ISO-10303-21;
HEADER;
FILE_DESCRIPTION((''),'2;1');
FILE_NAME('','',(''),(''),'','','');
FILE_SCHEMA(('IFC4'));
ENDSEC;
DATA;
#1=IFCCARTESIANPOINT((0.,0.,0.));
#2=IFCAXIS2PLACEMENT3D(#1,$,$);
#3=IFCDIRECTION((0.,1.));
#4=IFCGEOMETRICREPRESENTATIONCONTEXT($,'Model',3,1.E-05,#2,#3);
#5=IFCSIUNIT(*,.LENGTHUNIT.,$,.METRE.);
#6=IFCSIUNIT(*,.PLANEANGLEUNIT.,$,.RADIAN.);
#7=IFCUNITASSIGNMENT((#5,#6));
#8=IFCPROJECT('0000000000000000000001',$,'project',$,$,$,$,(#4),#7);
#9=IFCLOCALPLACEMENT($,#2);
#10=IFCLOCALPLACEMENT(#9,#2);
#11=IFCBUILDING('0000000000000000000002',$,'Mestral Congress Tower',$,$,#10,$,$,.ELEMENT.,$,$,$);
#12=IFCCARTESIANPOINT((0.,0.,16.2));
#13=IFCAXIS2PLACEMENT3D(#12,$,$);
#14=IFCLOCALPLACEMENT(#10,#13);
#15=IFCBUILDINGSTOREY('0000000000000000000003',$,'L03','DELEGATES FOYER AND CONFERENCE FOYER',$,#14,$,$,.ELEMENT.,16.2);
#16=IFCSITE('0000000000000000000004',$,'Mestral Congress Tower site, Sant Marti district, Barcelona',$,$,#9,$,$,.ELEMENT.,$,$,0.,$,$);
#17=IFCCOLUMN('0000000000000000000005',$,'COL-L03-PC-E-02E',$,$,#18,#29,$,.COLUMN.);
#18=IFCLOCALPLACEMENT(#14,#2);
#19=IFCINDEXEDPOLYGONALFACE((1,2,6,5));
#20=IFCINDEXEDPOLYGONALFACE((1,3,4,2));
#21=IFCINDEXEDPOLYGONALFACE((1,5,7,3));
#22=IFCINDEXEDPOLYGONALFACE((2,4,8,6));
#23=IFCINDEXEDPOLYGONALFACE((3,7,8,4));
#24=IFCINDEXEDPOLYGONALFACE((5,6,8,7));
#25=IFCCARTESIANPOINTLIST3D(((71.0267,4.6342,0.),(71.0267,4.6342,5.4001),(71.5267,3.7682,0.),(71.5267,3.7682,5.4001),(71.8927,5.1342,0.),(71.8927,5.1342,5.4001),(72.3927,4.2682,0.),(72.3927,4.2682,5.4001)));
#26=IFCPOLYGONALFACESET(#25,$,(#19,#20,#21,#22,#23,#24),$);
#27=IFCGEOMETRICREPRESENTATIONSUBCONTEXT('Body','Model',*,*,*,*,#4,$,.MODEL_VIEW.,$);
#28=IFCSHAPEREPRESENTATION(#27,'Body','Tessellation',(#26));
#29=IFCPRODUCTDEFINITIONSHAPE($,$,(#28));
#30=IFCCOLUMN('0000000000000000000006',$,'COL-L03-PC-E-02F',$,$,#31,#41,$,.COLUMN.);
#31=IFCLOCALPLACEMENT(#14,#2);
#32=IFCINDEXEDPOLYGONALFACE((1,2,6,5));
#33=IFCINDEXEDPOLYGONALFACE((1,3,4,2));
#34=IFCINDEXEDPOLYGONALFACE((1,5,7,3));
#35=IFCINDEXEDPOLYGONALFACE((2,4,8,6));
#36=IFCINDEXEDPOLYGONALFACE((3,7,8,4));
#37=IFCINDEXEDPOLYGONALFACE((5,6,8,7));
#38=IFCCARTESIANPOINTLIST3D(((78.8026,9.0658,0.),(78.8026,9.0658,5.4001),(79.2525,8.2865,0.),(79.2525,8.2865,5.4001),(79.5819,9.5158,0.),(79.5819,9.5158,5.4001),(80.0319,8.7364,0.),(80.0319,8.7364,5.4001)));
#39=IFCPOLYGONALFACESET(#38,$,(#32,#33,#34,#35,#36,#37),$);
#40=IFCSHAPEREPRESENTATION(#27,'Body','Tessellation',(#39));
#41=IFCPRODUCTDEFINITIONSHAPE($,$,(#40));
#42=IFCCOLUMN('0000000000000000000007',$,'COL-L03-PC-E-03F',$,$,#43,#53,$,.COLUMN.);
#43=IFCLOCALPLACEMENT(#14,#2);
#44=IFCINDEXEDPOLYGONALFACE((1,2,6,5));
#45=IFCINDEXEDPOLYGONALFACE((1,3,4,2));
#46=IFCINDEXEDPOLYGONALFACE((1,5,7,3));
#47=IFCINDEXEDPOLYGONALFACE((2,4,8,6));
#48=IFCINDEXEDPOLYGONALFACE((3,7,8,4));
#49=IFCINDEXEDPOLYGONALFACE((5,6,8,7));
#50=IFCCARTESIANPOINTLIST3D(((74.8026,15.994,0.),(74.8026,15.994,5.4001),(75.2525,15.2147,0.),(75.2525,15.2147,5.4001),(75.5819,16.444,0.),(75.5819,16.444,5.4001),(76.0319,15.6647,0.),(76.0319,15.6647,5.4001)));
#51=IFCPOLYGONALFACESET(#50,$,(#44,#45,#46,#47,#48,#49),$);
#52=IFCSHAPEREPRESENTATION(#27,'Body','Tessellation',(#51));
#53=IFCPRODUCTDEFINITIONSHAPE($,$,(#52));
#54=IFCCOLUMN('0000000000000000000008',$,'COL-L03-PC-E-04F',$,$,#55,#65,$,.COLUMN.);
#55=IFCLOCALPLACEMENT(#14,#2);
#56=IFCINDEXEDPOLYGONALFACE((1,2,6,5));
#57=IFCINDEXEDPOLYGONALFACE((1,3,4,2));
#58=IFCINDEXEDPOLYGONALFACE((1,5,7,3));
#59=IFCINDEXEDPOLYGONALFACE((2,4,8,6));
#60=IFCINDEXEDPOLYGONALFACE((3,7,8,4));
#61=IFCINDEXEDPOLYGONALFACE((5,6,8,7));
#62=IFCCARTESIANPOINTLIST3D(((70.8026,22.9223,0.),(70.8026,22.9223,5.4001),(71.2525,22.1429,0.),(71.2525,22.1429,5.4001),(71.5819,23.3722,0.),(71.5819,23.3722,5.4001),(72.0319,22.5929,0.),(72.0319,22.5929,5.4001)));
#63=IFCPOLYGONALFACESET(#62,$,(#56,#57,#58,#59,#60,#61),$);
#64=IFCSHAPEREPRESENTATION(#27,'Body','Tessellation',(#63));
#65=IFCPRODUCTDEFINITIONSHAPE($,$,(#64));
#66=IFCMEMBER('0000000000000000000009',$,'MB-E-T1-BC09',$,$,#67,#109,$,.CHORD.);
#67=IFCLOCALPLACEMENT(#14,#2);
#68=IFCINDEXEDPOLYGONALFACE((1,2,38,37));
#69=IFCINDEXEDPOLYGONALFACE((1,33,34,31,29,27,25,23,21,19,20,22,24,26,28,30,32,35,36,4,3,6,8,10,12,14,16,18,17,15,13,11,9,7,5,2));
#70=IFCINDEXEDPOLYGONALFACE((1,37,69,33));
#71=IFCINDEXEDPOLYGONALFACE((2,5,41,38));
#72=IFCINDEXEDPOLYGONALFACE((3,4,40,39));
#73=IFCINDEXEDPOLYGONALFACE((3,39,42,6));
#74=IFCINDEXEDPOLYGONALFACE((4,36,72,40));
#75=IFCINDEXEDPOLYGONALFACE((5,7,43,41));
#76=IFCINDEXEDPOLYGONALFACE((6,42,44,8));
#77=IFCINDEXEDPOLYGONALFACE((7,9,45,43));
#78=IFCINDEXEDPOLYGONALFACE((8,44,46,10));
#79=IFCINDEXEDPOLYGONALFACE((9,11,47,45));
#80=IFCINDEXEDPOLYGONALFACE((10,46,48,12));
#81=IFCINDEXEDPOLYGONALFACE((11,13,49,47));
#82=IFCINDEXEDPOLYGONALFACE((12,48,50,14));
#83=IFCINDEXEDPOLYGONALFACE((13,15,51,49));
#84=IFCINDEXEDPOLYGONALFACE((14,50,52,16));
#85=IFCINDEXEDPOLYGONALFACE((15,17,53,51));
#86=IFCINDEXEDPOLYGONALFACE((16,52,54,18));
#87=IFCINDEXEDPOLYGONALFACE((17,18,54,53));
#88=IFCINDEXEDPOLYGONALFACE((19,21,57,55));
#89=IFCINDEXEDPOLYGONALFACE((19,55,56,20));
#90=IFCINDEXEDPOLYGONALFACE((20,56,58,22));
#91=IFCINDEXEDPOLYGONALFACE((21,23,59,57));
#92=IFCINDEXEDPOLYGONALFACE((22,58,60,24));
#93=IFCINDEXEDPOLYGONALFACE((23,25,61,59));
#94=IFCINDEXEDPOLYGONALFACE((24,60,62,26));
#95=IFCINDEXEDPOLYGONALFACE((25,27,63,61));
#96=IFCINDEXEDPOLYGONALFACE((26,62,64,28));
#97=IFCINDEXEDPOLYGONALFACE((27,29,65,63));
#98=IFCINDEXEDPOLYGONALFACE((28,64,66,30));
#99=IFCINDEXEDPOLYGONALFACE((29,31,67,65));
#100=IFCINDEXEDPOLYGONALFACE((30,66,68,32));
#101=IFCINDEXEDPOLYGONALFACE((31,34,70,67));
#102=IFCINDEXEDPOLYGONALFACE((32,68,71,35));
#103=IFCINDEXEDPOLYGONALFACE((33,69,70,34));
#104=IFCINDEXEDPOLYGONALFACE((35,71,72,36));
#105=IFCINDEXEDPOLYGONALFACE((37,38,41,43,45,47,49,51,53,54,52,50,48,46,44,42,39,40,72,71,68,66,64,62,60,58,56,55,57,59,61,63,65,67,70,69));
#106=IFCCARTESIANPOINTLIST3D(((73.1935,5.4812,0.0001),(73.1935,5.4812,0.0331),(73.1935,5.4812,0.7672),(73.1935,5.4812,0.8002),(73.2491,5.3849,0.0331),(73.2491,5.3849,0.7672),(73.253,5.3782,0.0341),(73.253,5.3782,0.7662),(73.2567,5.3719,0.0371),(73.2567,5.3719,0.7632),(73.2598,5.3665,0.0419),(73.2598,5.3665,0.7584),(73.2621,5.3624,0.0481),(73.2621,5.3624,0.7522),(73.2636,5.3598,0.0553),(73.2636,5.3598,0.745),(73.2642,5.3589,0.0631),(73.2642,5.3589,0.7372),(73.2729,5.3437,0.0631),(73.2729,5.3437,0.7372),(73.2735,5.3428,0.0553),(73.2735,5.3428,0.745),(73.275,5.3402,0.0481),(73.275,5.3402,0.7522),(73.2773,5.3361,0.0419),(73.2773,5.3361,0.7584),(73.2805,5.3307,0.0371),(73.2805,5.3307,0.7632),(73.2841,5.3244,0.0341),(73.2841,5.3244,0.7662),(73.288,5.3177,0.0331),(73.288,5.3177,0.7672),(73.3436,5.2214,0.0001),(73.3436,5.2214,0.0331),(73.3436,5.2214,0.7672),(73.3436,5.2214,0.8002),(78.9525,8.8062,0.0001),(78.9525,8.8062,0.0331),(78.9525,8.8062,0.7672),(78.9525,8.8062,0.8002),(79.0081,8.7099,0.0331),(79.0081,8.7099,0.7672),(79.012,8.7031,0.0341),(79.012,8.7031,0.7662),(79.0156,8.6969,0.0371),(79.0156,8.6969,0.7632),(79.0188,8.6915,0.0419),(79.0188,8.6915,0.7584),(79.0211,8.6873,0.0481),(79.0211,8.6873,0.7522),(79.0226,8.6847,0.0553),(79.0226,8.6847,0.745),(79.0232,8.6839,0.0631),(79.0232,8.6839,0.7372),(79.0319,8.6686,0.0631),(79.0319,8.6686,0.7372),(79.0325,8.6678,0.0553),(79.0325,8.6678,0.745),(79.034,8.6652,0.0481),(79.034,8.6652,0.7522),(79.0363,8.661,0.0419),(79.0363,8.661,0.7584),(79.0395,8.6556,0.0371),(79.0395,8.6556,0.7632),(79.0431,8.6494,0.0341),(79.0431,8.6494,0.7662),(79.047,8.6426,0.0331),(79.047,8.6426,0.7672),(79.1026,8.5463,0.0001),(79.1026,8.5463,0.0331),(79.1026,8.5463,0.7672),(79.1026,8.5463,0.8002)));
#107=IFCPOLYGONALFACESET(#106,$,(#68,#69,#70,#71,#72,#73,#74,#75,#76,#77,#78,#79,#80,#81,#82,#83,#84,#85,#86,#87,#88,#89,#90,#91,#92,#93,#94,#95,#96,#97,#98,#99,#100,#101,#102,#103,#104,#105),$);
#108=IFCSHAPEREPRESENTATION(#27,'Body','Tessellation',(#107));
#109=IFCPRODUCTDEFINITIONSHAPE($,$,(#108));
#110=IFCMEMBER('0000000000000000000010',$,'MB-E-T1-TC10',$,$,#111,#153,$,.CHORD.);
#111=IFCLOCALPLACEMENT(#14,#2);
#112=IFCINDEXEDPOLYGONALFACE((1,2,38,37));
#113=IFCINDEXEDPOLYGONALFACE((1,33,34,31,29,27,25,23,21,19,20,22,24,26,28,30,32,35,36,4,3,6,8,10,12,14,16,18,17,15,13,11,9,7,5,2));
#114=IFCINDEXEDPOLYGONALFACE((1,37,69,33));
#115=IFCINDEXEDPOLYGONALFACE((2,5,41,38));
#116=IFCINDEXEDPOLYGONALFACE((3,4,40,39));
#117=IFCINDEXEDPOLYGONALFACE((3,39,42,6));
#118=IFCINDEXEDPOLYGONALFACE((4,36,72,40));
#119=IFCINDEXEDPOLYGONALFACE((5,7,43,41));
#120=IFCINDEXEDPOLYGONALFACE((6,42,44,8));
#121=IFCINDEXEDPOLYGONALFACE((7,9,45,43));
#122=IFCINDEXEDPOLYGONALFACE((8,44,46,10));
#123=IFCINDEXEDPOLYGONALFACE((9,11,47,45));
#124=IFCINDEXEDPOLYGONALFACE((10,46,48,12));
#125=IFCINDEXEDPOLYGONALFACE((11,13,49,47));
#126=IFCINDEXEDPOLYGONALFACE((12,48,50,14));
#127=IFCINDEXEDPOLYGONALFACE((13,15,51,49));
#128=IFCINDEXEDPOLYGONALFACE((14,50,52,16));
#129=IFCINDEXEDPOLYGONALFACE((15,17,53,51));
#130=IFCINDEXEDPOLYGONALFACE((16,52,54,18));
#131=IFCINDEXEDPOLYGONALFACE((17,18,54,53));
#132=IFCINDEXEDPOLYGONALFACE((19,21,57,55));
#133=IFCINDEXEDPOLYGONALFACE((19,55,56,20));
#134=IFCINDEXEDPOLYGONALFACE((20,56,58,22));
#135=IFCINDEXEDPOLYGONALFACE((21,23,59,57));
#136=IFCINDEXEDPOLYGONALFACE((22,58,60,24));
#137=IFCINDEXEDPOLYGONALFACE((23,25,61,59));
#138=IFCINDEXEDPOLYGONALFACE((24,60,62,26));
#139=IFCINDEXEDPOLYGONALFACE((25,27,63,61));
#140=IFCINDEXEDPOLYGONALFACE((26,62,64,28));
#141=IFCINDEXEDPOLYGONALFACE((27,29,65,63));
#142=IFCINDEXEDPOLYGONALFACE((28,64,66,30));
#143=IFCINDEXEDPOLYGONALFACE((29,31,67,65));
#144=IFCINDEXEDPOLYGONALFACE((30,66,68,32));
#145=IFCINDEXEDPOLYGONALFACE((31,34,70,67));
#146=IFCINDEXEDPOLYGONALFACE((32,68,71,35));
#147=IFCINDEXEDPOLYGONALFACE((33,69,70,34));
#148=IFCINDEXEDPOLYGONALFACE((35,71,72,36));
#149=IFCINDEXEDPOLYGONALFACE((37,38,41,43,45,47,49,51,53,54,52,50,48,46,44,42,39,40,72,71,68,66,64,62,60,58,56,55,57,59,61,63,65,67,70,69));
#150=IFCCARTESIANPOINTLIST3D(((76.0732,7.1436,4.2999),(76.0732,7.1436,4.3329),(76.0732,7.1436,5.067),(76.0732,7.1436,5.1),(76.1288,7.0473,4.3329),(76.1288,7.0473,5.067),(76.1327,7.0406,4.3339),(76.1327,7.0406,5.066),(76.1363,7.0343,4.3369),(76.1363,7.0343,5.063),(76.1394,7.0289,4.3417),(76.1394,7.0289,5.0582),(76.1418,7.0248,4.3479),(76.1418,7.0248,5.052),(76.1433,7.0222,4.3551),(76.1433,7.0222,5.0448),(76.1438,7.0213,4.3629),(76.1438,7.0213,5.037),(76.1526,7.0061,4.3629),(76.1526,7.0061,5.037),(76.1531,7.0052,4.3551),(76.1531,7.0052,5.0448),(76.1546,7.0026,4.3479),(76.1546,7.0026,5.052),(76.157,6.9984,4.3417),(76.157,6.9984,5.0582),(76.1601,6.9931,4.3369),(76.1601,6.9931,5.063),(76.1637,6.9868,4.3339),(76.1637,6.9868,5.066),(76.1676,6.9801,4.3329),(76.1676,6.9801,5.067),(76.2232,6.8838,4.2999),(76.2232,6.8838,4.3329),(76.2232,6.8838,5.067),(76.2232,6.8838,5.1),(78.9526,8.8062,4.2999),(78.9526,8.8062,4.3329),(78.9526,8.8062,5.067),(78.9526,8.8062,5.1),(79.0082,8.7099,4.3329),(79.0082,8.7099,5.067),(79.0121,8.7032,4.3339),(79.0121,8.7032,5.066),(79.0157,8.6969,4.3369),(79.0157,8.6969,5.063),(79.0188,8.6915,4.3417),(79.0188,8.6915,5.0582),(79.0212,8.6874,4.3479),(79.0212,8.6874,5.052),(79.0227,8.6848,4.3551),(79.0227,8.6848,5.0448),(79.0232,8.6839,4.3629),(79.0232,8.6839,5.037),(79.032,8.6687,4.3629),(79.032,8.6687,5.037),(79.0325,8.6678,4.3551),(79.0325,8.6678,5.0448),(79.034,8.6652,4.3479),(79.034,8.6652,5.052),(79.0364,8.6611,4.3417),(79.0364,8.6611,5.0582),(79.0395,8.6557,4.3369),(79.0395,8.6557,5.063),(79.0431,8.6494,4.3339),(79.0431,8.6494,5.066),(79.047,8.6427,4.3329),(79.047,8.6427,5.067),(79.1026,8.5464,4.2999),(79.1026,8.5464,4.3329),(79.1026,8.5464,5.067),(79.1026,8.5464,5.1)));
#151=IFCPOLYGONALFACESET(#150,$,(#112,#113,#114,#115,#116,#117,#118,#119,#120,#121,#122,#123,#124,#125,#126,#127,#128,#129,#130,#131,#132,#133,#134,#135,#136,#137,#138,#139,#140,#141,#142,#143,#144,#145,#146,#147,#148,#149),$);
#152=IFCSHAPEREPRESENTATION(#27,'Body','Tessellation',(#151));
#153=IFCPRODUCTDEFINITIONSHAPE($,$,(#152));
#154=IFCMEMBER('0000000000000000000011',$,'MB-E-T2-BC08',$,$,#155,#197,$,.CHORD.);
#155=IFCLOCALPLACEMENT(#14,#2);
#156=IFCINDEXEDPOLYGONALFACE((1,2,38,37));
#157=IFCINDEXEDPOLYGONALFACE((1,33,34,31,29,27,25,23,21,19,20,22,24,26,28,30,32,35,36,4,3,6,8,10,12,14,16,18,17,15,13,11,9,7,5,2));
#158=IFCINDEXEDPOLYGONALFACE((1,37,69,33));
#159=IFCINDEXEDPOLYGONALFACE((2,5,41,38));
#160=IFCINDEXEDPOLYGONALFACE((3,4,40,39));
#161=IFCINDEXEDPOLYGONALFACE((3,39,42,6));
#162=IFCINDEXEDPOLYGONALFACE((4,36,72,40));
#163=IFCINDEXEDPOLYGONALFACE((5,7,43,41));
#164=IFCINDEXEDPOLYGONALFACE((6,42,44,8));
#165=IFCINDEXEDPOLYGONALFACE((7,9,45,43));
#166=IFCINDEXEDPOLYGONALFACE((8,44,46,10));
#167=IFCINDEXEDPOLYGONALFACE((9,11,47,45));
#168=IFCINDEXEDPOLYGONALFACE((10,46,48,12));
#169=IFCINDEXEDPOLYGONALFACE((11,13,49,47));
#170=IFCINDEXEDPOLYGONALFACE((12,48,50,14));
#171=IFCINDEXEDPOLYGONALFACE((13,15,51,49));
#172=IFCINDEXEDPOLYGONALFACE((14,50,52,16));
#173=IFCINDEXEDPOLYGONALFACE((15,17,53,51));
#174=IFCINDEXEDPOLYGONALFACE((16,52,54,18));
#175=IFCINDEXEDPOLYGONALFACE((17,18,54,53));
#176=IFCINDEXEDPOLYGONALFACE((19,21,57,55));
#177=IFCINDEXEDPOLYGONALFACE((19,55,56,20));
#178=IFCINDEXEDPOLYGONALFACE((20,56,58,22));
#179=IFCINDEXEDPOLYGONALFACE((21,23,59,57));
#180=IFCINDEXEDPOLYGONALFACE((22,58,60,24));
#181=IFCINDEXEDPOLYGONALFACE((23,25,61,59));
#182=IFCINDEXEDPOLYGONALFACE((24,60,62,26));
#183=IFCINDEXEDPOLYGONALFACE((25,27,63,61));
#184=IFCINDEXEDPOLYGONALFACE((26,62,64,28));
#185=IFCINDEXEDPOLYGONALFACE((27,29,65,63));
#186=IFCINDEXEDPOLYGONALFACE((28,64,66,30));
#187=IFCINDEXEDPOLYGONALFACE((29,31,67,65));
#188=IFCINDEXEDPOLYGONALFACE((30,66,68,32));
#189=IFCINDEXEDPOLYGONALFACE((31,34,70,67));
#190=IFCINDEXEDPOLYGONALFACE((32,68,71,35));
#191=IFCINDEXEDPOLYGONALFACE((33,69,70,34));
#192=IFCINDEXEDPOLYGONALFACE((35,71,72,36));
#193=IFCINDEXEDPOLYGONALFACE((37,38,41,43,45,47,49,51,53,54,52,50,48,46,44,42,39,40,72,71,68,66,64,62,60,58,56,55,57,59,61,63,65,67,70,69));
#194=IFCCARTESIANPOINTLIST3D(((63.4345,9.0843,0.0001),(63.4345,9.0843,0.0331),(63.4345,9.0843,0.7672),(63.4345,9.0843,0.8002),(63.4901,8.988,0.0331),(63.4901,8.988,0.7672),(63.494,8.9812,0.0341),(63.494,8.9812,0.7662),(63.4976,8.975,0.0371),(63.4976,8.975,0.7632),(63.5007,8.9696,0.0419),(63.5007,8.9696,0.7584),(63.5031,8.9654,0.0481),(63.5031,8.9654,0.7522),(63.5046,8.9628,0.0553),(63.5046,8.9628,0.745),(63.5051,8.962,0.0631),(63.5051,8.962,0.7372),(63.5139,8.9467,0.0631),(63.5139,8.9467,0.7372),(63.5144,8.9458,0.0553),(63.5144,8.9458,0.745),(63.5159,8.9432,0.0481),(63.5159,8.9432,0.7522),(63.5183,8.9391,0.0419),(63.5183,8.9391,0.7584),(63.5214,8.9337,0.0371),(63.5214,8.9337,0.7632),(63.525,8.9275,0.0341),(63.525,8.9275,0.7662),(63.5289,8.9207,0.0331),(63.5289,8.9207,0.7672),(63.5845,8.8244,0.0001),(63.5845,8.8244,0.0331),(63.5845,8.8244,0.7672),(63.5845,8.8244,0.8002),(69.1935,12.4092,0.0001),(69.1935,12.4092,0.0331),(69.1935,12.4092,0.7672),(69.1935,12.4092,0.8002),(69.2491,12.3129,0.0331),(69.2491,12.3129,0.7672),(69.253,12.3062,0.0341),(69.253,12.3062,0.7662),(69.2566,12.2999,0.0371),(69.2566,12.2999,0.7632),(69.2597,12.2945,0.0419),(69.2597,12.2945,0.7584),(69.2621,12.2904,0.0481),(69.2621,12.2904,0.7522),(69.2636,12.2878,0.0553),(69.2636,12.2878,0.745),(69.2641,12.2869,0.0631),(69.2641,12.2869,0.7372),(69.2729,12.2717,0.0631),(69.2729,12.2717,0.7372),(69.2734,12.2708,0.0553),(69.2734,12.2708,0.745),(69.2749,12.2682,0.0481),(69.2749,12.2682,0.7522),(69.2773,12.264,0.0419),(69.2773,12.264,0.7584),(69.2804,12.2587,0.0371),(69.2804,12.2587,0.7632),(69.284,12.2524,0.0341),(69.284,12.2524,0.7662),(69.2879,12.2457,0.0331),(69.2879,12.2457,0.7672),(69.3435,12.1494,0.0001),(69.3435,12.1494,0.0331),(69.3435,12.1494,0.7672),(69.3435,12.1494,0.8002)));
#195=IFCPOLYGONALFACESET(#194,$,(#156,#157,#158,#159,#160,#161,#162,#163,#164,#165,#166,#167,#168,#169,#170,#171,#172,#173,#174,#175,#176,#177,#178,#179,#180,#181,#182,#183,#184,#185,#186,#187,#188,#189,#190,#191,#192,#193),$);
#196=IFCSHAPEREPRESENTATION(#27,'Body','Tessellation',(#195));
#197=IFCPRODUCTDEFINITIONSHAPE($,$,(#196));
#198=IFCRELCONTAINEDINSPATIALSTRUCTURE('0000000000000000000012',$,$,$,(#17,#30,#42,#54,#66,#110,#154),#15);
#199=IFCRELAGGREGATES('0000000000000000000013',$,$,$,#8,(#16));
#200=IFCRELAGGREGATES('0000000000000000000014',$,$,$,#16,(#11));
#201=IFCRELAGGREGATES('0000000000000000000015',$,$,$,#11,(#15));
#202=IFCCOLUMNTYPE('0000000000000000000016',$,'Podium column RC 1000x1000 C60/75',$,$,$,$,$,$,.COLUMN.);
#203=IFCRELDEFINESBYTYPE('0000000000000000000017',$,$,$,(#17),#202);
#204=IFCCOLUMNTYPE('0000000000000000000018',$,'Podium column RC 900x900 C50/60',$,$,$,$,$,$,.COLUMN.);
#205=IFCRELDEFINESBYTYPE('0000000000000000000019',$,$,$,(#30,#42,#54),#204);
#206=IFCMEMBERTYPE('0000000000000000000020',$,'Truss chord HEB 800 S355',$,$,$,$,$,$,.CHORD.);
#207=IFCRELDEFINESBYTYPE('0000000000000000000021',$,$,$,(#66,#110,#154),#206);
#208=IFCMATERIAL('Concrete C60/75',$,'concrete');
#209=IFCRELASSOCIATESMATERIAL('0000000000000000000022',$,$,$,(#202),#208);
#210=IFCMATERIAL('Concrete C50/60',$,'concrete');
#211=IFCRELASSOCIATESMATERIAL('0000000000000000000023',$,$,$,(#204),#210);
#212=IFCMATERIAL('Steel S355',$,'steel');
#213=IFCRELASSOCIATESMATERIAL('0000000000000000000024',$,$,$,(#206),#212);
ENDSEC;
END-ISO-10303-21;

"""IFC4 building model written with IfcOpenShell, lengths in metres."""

from ifc_helpers import new_model, si_unit, direction, frame, origin, origin_2d, place, context, subcontext, project, spatial, rectangle, i_section, extrude, material, material_profile, profile_set, type_object, element, save


model = new_model("IFC4")

# Units and contexts
model_context = context("Model", 3, precision=1e-05, world=origin(), true_north=direction((0.0, 1.0)))
body_context = subcontext(model_context, "Body", "Model", "MODEL_VIEW")
ifc_project = project(units=[si_unit("LENGTHUNIT", "METRE"), si_unit("PLANEANGLEUNIT", "RADIAN")], contexts=[model_context])

# Site, building, storey
site_placement = place(None, origin())
site = spatial("IfcSite", under=ifc_project, at=site_placement, Name="Mestral Congress Tower site, Sant Marti district, Barcelona", CompositionType="ELEMENT", RefElevation=0.0)
building_placement = place(site_placement, origin())
building = spatial("IfcBuilding", under=site, at=building_placement, Name="Mestral Congress Tower", CompositionType="ELEMENT")
storey_placement = place(building_placement, frame((0.0, 0.0, 16.2)))
storey = spatial("IfcBuildingStorey", under=building, at=storey_placement, Name="L03", Description="DELEGATES FOYER AND CONFERENCE FOYER", CompositionType="ELEMENT", Elevation=16.2)

# Columns
ifc_material_1 = material(Name="Concrete C60/75", Category="concrete")
ifc_material_profile_1 = material_profile(ifc_material_1, rectangle(XDim=1.0, YDim=1.0, at=origin_2d()), Name="RC 1000x1000")
ifc_profile_set_1 = profile_set([ifc_material_profile_1], Name="Concrete C60/75")
column_type_1 = type_object("IfcColumnType", Name="Podium column RC 1000x1000 C60/75", PredefinedType="COLUMN", material=ifc_profile_set_1)
column_placement = place(storey_placement, frame((71.7097, 4.4512, 0.0), z_axis=(0.0, 0.0, 1.0), x_axis=(-0.5, 0.866025, 0.0)))
element("IfcColumn", 1, at=column_placement, inside=storey, type_object=column_type_1, Name="COL-L03-PC-E-02E", PredefinedType="COLUMN", context=body_context, shape_type="SweptSolid", body=[
    extrude(rectangle(XDim=1.0, YDim=1.0, at=origin_2d()), origin(), (0.0, 0.0, 1.0), 5.4001),
])
ifc_material_2 = material(Name="Concrete C50/60", Category="concrete")
ifc_material_profile_2 = material_profile(ifc_material_2, rectangle(XDim=0.8999, YDim=0.8999, at=origin_2d()), Name="RC 900x900")
ifc_profile_set_2 = profile_set([ifc_material_profile_2], Name="Concrete C50/60")
column_type_2 = type_object("IfcColumnType", Name="Podium column RC 900x900 C50/60", PredefinedType="COLUMN", material=ifc_profile_set_2)
for number, where, z_axis, x_axis, name in (
    (2, (79.4172, 8.9011, 0.0), (0.0, 0.0, 1.0), (-0.5, 0.866025, 0.0), "COL-L03-PC-E-02F"),
    (3, (75.4172, 15.8293, 0.0), (0.0, 0.0, 1.0), (-0.5, 0.866025, 0.0), "COL-L03-PC-E-03F"),
    (4, (71.4172, 22.7576, 0.0), (0.0, 0.0, 1.0), (-0.5, 0.866025, 0.0), "COL-L03-PC-E-04F"),
):
    element("IfcColumn", number, at=place(storey_placement, frame(where, z_axis=z_axis, x_axis=x_axis)), inside=storey, type_object=column_type_2, Name=name, PredefinedType="COLUMN", context=body_context, shape_type="SweptSolid", body=[
        extrude(rectangle(XDim=0.8999, YDim=0.8999, at=origin_2d()), origin(), (0.0, 0.0, 1.0), 5.4001),
    ])

# Members
ifc_material_3 = material(Name="Steel S355", Category="steel")
ifc_material_profile_3 = material_profile(ifc_material_3, i_section(OverallWidth=0.3, OverallDepth=0.8, WebThickness=0.0176, FlangeThickness=0.033, FilletRadius=0.03, at=origin_2d()), Name="HEB 800")
ifc_profile_set_3 = profile_set([ifc_material_profile_3], Name="Steel S355")
member_type_1 = type_object("IfcMemberType", Name="Truss chord HEB 800 S355", PredefinedType="CHORD", material=ifc_profile_set_3)
member_1_placement = place(storey_placement, frame((73.2686, 5.3513, 0.4001), z_axis=(0.866027, 0.499997, 0.0), x_axis=(-0.499997, 0.866027, 0.0)))
element("IfcMember", 5, at=member_1_placement, inside=storey, type_object=member_type_1, Name="MB-E-T1-BC09", PredefinedType="CHORD", context=body_context, shape_type="SweptSolid", body=[
    extrude(i_section(OverallWidth=0.3, OverallDepth=0.8, WebThickness=0.0176, FlangeThickness=0.033, FilletRadius=0.03, at=origin_2d()), origin(), (0.0, 0.0, 1.0), 6.6499),
])
member_2_placement = place(storey_placement, frame((76.1482, 7.0137, 4.7), z_axis=(0.866002, 0.50004, 0.0), x_axis=(-0.50004, 0.866002, 0.0)))
element("IfcMember", 6, at=member_2_placement, inside=storey, type_object=member_type_1, Name="MB-E-T1-TC10", PredefinedType="CHORD", context=body_context, shape_type="SweptSolid", body=[
    extrude(i_section(OverallWidth=0.3, OverallDepth=0.8, WebThickness=0.0176, FlangeThickness=0.033, FilletRadius=0.03, at=origin_2d()), origin(), (0.0, 0.0, 1.0), 3.325),
])
member_3_placement = place(storey_placement, frame((63.5095, 8.9543, 0.4001), z_axis=(0.866027, 0.499997, 0.0), x_axis=(-0.499997, 0.866027, 0.0)))
element("IfcMember", 7, at=member_3_placement, inside=storey, type_object=member_type_1, Name="MB-E-T2-BC08", PredefinedType="CHORD", context=body_context, shape_type="SweptSolid", body=[
    extrude(i_section(OverallWidth=0.3, OverallDepth=0.8, WebThickness=0.0176, FlangeThickness=0.033, FilletRadius=0.03, at=origin_2d()), origin(), (0.0, 0.0, 1.0), 6.6499),
])

save(model, "model.ifc")
